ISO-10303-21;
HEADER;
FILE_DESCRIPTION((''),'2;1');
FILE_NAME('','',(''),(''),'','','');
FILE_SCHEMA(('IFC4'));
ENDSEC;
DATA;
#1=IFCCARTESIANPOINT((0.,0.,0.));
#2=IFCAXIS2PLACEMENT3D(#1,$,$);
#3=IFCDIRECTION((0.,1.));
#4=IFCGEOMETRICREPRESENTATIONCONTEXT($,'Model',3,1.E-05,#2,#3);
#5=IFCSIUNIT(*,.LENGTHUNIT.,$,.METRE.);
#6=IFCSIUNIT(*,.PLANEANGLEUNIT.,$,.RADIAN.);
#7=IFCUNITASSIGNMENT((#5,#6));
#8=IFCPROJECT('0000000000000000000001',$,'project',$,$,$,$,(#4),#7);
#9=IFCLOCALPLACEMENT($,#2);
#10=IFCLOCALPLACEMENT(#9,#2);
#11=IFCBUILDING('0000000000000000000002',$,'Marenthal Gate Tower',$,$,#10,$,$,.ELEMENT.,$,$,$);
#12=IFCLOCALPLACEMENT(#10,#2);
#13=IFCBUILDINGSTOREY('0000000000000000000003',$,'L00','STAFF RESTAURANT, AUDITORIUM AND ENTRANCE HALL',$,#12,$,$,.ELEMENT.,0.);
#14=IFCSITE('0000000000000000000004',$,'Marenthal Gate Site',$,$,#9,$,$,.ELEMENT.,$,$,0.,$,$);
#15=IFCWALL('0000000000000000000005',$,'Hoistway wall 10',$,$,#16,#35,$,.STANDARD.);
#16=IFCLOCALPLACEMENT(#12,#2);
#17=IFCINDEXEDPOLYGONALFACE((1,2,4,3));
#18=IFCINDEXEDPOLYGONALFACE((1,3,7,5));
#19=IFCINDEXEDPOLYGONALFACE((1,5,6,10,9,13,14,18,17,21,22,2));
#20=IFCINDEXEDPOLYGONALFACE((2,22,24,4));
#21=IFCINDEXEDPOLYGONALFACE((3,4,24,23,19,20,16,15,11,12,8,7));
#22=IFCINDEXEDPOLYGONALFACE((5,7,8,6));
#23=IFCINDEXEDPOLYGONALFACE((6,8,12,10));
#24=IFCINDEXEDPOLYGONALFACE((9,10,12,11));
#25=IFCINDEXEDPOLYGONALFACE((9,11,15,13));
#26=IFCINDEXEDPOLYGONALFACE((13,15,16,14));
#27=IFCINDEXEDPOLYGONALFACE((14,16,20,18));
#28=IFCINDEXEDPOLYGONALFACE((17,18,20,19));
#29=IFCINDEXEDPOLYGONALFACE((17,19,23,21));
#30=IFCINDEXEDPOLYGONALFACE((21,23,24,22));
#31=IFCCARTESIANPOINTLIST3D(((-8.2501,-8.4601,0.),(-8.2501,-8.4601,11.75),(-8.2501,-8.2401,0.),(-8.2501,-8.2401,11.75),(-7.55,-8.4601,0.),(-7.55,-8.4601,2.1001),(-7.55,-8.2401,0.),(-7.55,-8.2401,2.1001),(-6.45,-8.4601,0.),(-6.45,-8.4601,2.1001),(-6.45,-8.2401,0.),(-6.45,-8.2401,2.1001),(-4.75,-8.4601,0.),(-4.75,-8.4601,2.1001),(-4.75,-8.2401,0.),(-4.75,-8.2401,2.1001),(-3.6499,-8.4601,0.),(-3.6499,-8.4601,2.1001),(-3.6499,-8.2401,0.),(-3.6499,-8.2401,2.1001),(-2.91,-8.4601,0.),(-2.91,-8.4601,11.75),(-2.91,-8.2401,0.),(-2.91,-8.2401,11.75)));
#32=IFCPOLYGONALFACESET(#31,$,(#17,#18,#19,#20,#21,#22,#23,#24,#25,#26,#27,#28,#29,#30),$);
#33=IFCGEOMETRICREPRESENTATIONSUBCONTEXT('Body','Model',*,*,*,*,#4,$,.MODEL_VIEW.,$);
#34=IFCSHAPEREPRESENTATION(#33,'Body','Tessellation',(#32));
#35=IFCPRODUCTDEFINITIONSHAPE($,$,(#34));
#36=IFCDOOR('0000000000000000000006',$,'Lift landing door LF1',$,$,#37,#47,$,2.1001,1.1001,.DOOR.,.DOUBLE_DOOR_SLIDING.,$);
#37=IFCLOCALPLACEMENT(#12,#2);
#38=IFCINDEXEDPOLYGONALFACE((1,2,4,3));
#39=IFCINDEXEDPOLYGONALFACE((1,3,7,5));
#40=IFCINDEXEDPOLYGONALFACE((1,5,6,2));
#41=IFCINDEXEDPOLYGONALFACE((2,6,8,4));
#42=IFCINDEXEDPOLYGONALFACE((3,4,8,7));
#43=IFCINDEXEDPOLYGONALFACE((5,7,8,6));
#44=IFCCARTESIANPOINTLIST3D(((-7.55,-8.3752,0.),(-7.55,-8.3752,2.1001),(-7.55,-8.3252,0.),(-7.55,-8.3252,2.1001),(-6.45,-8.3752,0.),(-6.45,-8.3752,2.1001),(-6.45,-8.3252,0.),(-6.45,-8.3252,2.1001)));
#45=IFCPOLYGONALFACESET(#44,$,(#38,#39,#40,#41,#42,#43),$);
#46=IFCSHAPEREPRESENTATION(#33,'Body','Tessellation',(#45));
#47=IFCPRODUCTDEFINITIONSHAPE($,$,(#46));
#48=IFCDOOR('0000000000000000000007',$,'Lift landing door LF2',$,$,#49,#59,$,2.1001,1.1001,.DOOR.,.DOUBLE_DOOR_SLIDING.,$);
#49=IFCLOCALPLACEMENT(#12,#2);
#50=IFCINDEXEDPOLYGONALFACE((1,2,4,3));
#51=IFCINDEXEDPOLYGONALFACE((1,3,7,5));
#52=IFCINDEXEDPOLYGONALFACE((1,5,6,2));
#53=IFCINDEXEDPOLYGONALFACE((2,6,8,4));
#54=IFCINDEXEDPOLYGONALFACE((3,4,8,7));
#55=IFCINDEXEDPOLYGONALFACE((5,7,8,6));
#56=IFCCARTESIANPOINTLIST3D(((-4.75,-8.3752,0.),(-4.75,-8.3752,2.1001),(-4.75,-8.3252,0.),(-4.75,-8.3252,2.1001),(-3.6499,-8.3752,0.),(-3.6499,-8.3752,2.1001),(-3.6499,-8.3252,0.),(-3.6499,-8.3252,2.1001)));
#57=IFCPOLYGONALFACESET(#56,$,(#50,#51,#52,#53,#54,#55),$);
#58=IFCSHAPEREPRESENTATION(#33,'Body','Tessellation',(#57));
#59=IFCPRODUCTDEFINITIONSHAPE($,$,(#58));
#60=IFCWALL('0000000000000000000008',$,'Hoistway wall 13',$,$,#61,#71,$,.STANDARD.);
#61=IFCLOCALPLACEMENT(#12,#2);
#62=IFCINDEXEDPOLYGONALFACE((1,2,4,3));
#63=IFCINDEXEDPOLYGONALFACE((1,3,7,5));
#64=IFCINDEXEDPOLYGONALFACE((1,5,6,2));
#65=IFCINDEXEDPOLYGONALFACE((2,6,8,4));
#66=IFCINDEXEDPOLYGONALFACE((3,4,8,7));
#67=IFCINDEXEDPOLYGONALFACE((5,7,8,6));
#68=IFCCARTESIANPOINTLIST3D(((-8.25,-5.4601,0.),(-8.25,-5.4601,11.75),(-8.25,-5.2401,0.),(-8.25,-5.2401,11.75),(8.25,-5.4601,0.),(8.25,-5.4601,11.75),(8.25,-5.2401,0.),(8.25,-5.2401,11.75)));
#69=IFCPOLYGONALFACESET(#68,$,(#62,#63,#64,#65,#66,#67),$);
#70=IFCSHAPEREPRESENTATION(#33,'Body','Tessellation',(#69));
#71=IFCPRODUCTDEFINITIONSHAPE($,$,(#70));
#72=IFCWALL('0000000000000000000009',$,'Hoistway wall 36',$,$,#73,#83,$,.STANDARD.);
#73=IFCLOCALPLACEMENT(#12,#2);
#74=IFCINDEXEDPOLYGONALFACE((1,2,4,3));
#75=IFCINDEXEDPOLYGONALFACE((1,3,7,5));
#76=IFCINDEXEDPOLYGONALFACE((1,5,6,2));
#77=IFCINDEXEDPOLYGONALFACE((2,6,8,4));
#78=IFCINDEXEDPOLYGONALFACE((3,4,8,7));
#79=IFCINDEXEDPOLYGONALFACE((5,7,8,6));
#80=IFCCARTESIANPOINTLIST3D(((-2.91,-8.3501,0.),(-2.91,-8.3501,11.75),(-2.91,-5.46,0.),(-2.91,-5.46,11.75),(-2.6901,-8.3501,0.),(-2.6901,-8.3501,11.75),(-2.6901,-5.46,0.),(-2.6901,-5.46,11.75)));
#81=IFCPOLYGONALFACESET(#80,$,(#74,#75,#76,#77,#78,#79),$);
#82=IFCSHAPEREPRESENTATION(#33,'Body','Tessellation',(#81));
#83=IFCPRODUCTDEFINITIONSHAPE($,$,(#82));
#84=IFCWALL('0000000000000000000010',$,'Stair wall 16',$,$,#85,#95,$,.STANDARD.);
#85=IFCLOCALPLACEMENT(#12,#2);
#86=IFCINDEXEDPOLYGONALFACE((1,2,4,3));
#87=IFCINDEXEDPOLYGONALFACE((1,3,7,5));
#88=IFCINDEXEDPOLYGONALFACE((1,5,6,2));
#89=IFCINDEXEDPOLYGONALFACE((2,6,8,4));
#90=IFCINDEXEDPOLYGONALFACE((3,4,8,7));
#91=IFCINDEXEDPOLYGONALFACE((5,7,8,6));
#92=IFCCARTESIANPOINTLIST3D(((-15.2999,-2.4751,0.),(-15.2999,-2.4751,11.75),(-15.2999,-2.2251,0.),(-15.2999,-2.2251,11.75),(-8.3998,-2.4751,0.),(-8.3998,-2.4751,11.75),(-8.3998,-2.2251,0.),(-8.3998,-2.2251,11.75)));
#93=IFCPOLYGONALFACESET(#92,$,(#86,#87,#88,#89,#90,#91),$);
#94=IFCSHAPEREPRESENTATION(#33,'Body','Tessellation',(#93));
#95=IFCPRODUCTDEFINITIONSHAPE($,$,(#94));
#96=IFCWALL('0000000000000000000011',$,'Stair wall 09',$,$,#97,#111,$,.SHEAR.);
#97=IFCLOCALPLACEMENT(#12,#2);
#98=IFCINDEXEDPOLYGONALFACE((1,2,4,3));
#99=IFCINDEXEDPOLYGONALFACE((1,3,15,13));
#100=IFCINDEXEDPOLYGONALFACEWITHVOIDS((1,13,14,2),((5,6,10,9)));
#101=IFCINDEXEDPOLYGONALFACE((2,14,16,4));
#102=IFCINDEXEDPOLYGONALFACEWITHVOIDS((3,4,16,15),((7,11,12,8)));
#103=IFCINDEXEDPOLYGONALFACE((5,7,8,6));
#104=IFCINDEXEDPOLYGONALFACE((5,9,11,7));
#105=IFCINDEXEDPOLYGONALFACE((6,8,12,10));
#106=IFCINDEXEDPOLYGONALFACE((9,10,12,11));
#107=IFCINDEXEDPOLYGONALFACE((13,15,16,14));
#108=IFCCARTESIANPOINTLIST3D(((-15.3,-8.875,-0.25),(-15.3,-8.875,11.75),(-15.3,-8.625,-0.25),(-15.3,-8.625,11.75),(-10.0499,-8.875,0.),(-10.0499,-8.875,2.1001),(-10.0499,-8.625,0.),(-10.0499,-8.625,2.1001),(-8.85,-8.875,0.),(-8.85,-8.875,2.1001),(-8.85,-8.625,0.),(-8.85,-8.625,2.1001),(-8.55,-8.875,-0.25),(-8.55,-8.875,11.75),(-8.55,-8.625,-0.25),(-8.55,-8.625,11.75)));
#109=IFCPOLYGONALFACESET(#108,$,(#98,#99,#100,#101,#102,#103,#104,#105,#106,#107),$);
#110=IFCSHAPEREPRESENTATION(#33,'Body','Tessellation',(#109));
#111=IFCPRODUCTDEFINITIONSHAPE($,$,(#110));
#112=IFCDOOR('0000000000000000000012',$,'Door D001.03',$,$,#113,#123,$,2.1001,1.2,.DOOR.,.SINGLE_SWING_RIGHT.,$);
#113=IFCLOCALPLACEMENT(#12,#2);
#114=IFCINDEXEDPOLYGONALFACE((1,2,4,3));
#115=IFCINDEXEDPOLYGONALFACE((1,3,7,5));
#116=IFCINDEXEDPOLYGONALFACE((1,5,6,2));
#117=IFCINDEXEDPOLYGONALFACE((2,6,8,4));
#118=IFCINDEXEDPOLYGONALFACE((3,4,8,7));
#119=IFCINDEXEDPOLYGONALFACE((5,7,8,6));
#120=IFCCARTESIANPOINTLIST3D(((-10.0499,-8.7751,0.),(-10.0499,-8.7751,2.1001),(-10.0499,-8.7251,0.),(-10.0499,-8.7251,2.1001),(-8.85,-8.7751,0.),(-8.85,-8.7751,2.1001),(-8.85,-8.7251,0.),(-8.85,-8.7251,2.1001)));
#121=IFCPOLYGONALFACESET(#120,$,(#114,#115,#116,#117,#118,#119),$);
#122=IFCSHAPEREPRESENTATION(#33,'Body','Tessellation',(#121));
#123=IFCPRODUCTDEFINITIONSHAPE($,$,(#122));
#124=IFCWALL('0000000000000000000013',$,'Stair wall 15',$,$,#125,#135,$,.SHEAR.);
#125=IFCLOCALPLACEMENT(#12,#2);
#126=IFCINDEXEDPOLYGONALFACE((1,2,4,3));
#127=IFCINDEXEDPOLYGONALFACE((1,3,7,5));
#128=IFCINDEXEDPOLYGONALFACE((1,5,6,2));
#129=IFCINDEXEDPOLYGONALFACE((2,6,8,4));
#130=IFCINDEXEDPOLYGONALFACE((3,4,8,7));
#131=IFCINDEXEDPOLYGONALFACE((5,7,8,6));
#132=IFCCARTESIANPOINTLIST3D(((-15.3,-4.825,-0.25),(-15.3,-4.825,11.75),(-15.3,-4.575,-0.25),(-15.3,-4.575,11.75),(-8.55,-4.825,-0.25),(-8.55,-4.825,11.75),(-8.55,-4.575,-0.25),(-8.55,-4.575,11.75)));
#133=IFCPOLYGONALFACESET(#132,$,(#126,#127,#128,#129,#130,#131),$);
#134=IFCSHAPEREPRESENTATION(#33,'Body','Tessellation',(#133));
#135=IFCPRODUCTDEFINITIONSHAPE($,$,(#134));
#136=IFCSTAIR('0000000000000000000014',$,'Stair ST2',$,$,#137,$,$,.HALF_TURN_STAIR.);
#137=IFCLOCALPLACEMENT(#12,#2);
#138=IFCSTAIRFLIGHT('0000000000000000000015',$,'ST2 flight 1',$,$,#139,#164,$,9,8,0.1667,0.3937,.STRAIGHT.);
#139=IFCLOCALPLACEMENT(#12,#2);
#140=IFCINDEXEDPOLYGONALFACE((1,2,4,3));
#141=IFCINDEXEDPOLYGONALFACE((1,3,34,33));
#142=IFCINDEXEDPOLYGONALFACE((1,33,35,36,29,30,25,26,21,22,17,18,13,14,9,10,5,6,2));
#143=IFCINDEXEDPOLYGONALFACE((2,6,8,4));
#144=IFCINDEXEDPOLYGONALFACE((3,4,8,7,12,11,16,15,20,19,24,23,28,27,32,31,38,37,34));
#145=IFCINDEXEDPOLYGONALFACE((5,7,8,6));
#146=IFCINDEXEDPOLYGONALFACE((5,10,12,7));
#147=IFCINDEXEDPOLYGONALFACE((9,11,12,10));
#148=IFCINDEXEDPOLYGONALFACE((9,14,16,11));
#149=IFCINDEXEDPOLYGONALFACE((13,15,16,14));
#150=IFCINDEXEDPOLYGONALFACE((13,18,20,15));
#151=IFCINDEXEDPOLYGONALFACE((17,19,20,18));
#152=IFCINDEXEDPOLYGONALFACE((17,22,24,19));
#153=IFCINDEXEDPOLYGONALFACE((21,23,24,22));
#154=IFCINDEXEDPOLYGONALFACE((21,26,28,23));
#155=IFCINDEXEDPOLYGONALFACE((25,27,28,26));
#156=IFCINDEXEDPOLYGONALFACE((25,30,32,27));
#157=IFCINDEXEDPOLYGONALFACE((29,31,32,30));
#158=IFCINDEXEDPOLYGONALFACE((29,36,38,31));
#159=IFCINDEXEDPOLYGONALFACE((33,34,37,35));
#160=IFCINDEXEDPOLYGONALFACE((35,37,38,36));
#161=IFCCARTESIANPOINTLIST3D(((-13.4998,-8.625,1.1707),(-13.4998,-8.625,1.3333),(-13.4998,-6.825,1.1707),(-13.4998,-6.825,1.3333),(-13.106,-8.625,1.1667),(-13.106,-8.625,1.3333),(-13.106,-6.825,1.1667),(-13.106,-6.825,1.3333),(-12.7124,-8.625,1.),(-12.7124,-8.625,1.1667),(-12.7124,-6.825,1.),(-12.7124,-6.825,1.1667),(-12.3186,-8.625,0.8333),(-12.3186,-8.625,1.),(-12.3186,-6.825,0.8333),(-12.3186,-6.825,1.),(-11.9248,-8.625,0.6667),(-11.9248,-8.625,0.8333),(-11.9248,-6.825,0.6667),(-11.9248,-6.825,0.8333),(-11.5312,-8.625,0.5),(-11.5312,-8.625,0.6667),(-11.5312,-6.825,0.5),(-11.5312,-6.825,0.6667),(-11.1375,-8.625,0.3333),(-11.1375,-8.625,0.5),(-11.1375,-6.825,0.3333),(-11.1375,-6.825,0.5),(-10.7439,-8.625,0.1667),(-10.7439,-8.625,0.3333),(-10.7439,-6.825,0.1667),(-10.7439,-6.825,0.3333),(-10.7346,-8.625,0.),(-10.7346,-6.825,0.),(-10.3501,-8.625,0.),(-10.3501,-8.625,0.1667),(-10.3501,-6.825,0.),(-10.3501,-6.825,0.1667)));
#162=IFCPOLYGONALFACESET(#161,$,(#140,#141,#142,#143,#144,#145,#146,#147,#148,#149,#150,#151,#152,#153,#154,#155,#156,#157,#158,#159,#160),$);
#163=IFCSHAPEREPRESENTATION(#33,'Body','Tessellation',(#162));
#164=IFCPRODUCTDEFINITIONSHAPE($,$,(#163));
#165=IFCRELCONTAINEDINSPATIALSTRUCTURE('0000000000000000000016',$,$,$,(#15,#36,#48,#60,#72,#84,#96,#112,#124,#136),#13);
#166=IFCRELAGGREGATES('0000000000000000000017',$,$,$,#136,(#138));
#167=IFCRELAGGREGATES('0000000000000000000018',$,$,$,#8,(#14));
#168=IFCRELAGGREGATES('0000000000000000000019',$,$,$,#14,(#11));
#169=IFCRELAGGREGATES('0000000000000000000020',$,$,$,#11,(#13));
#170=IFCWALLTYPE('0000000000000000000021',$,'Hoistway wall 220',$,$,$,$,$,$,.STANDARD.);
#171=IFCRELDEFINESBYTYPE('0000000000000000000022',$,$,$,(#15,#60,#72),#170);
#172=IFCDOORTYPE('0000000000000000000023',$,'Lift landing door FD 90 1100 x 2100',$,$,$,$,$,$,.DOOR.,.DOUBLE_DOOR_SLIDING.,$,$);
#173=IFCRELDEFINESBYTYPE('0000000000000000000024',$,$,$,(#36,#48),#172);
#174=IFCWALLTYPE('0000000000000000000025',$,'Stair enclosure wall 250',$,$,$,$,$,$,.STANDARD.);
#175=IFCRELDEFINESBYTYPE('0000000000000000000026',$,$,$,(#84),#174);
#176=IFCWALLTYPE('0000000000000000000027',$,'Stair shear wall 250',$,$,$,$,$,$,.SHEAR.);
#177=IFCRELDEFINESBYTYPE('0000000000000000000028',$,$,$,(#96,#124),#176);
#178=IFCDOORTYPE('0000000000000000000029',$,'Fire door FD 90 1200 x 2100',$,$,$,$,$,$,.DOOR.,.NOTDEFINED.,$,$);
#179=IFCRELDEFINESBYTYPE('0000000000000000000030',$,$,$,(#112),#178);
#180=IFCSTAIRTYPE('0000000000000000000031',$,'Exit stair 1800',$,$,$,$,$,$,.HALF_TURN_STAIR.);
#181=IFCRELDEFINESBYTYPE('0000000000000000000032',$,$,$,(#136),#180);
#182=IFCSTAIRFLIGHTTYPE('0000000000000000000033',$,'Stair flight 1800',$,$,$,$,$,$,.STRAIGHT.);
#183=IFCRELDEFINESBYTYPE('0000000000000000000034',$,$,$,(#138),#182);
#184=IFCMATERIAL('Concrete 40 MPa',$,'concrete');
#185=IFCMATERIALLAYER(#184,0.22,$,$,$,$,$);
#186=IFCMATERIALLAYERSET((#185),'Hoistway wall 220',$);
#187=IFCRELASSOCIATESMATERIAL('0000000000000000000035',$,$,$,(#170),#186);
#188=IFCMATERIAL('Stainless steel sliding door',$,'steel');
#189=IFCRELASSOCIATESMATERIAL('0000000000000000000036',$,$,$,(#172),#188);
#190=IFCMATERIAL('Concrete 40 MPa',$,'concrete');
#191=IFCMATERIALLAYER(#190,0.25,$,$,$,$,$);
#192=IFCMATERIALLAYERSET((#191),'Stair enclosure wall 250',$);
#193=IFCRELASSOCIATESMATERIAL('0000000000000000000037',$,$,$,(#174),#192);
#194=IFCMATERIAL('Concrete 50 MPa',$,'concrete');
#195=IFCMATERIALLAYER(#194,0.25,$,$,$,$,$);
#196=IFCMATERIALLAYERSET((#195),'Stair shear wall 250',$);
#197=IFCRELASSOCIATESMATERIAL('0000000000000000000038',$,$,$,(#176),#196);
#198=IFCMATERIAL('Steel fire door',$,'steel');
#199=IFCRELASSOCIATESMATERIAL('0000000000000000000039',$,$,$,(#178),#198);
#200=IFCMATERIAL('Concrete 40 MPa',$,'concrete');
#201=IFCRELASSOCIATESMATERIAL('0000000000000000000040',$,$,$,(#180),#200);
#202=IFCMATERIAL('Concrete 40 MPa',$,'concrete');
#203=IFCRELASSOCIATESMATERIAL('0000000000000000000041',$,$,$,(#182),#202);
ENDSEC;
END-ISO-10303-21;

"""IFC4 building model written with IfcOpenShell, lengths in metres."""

from ifc_helpers import new_model, si_unit, direction, frame, frame_2d, origin, place, context, subcontext, project, spatial, polyline, rectangle, outline, extrude, material, layer, layer_set, type_object, element, fill, aggregate, save


model = new_model("IFC4")

# Units and contexts
model_context = context("Model", 3, precision=1e-05, world=origin(), true_north=direction((0.0, 1.0)))
body_context = subcontext(model_context, "Body", "Model", "MODEL_VIEW")
ifc_project = project(units=[si_unit("LENGTHUNIT", "METRE"), si_unit("PLANEANGLEUNIT", "RADIAN")], contexts=[model_context])

# Site, building, storey
site_placement = place(None, origin())
site = spatial("IfcSite", under=ifc_project, at=site_placement, Name="Marenthal Gate Site", CompositionType="ELEMENT", RefElevation=0.0)
building_placement = place(site_placement, origin())
building = spatial("IfcBuilding", under=site, at=building_placement, Name="Marenthal Gate Tower", CompositionType="ELEMENT")
storey_placement = place(building_placement, origin())
storey = spatial("IfcBuildingStorey", under=building, at=storey_placement, Name="L00", Description="STAFF RESTAURANT, AUDITORIUM AND ENTRANCE HALL", CompositionType="ELEMENT", Elevation=0.0)

# Wall, openings, doors
ifc_material_1 = material(Name="Concrete 40 MPa", Category="concrete")
ifc_layer_1 = layer(ifc_material_1, 0.22)
ifc_layer_set_1 = layer_set([ifc_layer_1], Name="Hoistway wall 220")
wall_type_1 = type_object("IfcWallType", Name="Hoistway wall 220", PredefinedType="STANDARD", material=ifc_layer_set_1)
wall_1_placement = place(storey_placement, frame((-8.25, -8.3501, 0.0), z_axis=(0.0, 0.0, 1.0), x_axis=(1.0, 0.0, 0.0)))
wall_1 = element("IfcWall", 1, at=wall_1_placement, inside=storey, type_object=wall_type_1, Name="Hoistway wall 10", PredefinedType="STANDARD", context=body_context, shape_type="SweptSolid", body=[
    extrude(rectangle(XDim=5.3401, YDim=0.22, at=frame_2d((2.6699, 0.0))), origin(), (0.0, 0.0, 1.0), 11.75),
])
opening_1_placement = place(wall_1_placement, frame((0.7, 0.0, 0.0)))
opening_1 = element("IfcOpeningElement", 2, at=opening_1_placement, cuts=wall_1, PredefinedType="OPENING", context=body_context, shape_type="SweptSolid", body=[
    extrude(rectangle(XDim=1.1001, YDim=2.1001, at=frame_2d((0.55, 1.05))), frame((0.0, 0.1201, 0.0), z_axis=(0.0, -1.0, 0.0), x_axis=(1.0, 0.0, 0.0)), (0.0, 0.0, 1.0), 0.24),
])
opening_2_placement = place(wall_1_placement, frame((3.5, 0.0, 0.0)))
opening_2 = element("IfcOpeningElement", 3, at=opening_2_placement, cuts=wall_1, PredefinedType="OPENING", context=body_context, shape_type="SweptSolid", body=[
    extrude(rectangle(XDim=1.1001, YDim=2.1001, at=frame_2d((0.55, 1.05))), frame((0.0, 0.1201, 0.0), z_axis=(0.0, -1.0, 0.0), x_axis=(1.0, 0.0, 0.0)), (0.0, 0.0, 1.0), 0.24),
])
ifc_material_2 = material(Name="Stainless steel sliding door", Category="steel")
door_type_1 = type_object("IfcDoorType", Name="Lift landing door FD 90 1100 x 2100", OperationType="DOUBLE_DOOR_SLIDING", PredefinedType="DOOR", material=ifc_material_2)
door_1_placement = place(opening_1_placement, origin())
door_1 = element("IfcDoor", 4, at=door_1_placement, inside=storey, type_object=door_type_1, Name="Lift landing door LF1", OperationType="DOUBLE_DOOR_SLIDING", OverallHeight=2.1001, OverallWidth=1.1001, PredefinedType="DOOR", context=body_context, shape_type="SweptSolid", body=[
    extrude(rectangle(XDim=1.1001, YDim=2.1001, at=frame_2d((0.55, 1.05))), frame((0.0, 0.0249, 0.0), z_axis=(0.0, -1.0, 0.0), x_axis=(1.0, 0.0, 0.0)), (0.0, 0.0, 1.0), 0.05),
])
fill(opening_1, door_1)
door_2_placement = place(opening_2_placement, origin())
door_2 = element("IfcDoor", 5, at=door_2_placement, inside=storey, type_object=door_type_1, Name="Lift landing door LF2", OperationType="DOUBLE_DOOR_SLIDING", OverallHeight=2.1001, OverallWidth=1.1001, PredefinedType="DOOR", context=body_context, shape_type="SweptSolid", body=[
    extrude(rectangle(XDim=1.1001, YDim=2.1001, at=frame_2d((0.55, 1.05))), frame((0.0, 0.0249, 0.0), z_axis=(0.0, -1.0, 0.0), x_axis=(1.0, 0.0, 0.0)), (0.0, 0.0, 1.0), 0.05),
])
fill(opening_2, door_2)

# Walls
wall_2_placement = place(storey_placement, frame((-8.25, -5.3501, 0.0), z_axis=(0.0, 0.0, 1.0), x_axis=(1.0, 0.0, 0.0)))
element("IfcWall", 6, at=wall_2_placement, inside=storey, type_object=wall_type_1, Name="Hoistway wall 13", PredefinedType="STANDARD", context=body_context, shape_type="SweptSolid", body=[
    extrude(rectangle(XDim=16.5, YDim=0.22, at=frame_2d((8.25, 0.0))), origin(), (0.0, 0.0, 1.0), 11.75),
])
wall_3_placement = place(storey_placement, frame((-2.8, -8.3501, 0.0), z_axis=(0.0, 0.0, 1.0), x_axis=(0.0, 1.0, 0.0)))
element("IfcWall", 7, at=wall_3_placement, inside=storey, type_object=wall_type_1, Name="Hoistway wall 36", PredefinedType="STANDARD", context=body_context, shape_type="SweptSolid", body=[
    extrude(rectangle(XDim=2.8901, YDim=0.22, at=frame_2d((1.4451, 0.0))), origin(), (0.0, 0.0, 1.0), 11.75),
])
ifc_material_3 = material(Name="Concrete 40 MPa", Category="concrete")
ifc_layer_2 = layer(ifc_material_3, 0.25)
ifc_layer_set_2 = layer_set([ifc_layer_2], Name="Stair enclosure wall 250")
wall_type_2 = type_object("IfcWallType", Name="Stair enclosure wall 250", PredefinedType="STANDARD", material=ifc_layer_set_2)
wall_4_placement = place(storey_placement, frame((-15.3, -2.3501, 0.0), z_axis=(0.0, 0.0, 1.0), x_axis=(1.0, 0.0, 0.0)))
element("IfcWall", 8, at=wall_4_placement, inside=storey, type_object=wall_type_2, Name="Stair wall 16", PredefinedType="STANDARD", context=body_context, shape_type="SweptSolid", body=[
    extrude(rectangle(XDim=6.9001, YDim=0.25, at=frame_2d((3.4502, 0.0))), origin(), (0.0, 0.0, 1.0), 11.75),
])

# Wall, opening, door
ifc_material_4 = material(Name="Concrete 50 MPa", Category="concrete")
ifc_layer_3 = layer(ifc_material_4, 0.25)
ifc_layer_set_3 = layer_set([ifc_layer_3], Name="Stair shear wall 250")
wall_type_3 = type_object("IfcWallType", Name="Stair shear wall 250", PredefinedType="SHEAR", material=ifc_layer_set_3)
wall_5_placement = place(storey_placement, frame((-15.3, -8.75, -0.25), z_axis=(0.0, 0.0, 1.0), x_axis=(1.0, 0.0, 0.0)))
wall_5 = element("IfcWall", 9, at=wall_5_placement, inside=storey, type_object=wall_type_3, Name="Stair wall 09", PredefinedType="SHEAR", context=body_context, shape_type="SweptSolid", body=[
    extrude(rectangle(XDim=6.75, YDim=0.25, at=frame_2d((3.375, 0.0))), origin(), (0.0, 0.0, 1.0), 12.0),
])
opening_3_placement = place(wall_5_placement, frame((5.25, 0.0, 0.25)))
opening_3 = element("IfcOpeningElement", 10, at=opening_3_placement, cuts=wall_5, PredefinedType="OPENING", context=body_context, shape_type="SweptSolid", body=[
    extrude(rectangle(XDim=1.2, YDim=2.1001, at=frame_2d((0.6001, 1.05))), frame((0.0, 0.135, 0.0), z_axis=(0.0, -1.0, 0.0), x_axis=(1.0, 0.0, 0.0)), (0.0, 0.0, 1.0), 0.27),
])
ifc_material_5 = material(Name="Steel fire door", Category="steel")
door_type_2 = type_object("IfcDoorType", Name="Fire door FD 90 1200 x 2100", OperationType="NOTDEFINED", PredefinedType="DOOR", material=ifc_material_5)
door_3_placement = place(opening_3_placement, origin())
door_3 = element("IfcDoor", 11, at=door_3_placement, inside=storey, type_object=door_type_2, Name="Door D001.03", OperationType="SINGLE_SWING_RIGHT", OverallHeight=2.1001, OverallWidth=1.2, PredefinedType="DOOR", context=body_context, shape_type="SweptSolid", body=[
    extrude(rectangle(XDim=1.2, YDim=2.1001, at=frame_2d((0.6001, 1.05))), frame((0.0, 0.0249, 0.0), z_axis=(0.0, -1.0, 0.0), x_axis=(1.0, 0.0, 0.0)), (0.0, 0.0, 1.0), 0.05),
])
fill(opening_3, door_3)

# Wall
wall_6_placement = place(storey_placement, frame((-15.3, -4.7, -0.25), z_axis=(0.0, 0.0, 1.0), x_axis=(1.0, 0.0, 0.0)))
element("IfcWall", 12, at=wall_6_placement, inside=storey, type_object=wall_type_3, Name="Stair wall 15", PredefinedType="SHEAR", context=body_context, shape_type="SweptSolid", body=[
    extrude(rectangle(XDim=6.75, YDim=0.25, at=frame_2d((3.375, 0.0))), origin(), (0.0, 0.0, 1.0), 12.0),
])

# Stair, stair flight
ifc_material_6 = material(Name="Concrete 40 MPa", Category="concrete")
stair_type = type_object("IfcStairType", Name="Exit stair 1800", PredefinedType="HALF_TURN_STAIR", material=ifc_material_6)
stair_placement = place(storey_placement, origin())
stair = element("IfcStair", 13, at=stair_placement, inside=storey, type_object=stair_type, Name="Stair ST2", PredefinedType="HALF_TURN_STAIR")
ifc_material_7 = material(Name="Concrete 40 MPa", Category="concrete")
stair_flight_type = type_object("IfcStairFlightType", Name="Stair flight 1800", PredefinedType="STRAIGHT", material=ifc_material_7)
stair_flight_1_placement = place(storey_placement, frame((-10.3501, -7.7251, 0.0), z_axis=(0.0, 0.0, 1.0), x_axis=(-1.0, 0.0, 0.0)))
stair_flight_1 = element("IfcStairFlight", 14, at=stair_flight_1_placement, type_object=stair_flight_type, Name="ST2 flight 1", NumberOfRisers=9, NumberOfTreads=8, PredefinedType="STRAIGHT", RiserHeight=0.1667, TreadLength=0.3937, context=body_context, shape_type="SweptSolid", body=[
    extrude(outline(polyline([(0.0, 0.0), (0.0, 0.1667), (0.3938, 0.1667), (0.3938, 0.3333), (0.7874, 0.3333), (0.7874, 0.5), (1.1812, 0.5), (1.1812, 0.6667), (1.5747, 0.6667), (1.5747, 0.8333), (1.9685, 0.8333), (1.9685, 1.0), (2.3623, 1.0), (2.3623, 1.1667), (2.7559, 1.1667), (2.7559, 1.3333), (3.1497, 1.3333), (3.1497, 1.5), (3.1497, 1.1707), (0.3845, 0.0), (0.0, 0.0)])), frame((0.0, 0.8999, 0.0), z_axis=(0.0, -1.0, 0.0), x_axis=(1.0, 0.0, 0.0)), (0.0, 0.0, 1.0), 1.8),
])
aggregate(stair, [stair_flight_1])

save(model, "model.ifc")
